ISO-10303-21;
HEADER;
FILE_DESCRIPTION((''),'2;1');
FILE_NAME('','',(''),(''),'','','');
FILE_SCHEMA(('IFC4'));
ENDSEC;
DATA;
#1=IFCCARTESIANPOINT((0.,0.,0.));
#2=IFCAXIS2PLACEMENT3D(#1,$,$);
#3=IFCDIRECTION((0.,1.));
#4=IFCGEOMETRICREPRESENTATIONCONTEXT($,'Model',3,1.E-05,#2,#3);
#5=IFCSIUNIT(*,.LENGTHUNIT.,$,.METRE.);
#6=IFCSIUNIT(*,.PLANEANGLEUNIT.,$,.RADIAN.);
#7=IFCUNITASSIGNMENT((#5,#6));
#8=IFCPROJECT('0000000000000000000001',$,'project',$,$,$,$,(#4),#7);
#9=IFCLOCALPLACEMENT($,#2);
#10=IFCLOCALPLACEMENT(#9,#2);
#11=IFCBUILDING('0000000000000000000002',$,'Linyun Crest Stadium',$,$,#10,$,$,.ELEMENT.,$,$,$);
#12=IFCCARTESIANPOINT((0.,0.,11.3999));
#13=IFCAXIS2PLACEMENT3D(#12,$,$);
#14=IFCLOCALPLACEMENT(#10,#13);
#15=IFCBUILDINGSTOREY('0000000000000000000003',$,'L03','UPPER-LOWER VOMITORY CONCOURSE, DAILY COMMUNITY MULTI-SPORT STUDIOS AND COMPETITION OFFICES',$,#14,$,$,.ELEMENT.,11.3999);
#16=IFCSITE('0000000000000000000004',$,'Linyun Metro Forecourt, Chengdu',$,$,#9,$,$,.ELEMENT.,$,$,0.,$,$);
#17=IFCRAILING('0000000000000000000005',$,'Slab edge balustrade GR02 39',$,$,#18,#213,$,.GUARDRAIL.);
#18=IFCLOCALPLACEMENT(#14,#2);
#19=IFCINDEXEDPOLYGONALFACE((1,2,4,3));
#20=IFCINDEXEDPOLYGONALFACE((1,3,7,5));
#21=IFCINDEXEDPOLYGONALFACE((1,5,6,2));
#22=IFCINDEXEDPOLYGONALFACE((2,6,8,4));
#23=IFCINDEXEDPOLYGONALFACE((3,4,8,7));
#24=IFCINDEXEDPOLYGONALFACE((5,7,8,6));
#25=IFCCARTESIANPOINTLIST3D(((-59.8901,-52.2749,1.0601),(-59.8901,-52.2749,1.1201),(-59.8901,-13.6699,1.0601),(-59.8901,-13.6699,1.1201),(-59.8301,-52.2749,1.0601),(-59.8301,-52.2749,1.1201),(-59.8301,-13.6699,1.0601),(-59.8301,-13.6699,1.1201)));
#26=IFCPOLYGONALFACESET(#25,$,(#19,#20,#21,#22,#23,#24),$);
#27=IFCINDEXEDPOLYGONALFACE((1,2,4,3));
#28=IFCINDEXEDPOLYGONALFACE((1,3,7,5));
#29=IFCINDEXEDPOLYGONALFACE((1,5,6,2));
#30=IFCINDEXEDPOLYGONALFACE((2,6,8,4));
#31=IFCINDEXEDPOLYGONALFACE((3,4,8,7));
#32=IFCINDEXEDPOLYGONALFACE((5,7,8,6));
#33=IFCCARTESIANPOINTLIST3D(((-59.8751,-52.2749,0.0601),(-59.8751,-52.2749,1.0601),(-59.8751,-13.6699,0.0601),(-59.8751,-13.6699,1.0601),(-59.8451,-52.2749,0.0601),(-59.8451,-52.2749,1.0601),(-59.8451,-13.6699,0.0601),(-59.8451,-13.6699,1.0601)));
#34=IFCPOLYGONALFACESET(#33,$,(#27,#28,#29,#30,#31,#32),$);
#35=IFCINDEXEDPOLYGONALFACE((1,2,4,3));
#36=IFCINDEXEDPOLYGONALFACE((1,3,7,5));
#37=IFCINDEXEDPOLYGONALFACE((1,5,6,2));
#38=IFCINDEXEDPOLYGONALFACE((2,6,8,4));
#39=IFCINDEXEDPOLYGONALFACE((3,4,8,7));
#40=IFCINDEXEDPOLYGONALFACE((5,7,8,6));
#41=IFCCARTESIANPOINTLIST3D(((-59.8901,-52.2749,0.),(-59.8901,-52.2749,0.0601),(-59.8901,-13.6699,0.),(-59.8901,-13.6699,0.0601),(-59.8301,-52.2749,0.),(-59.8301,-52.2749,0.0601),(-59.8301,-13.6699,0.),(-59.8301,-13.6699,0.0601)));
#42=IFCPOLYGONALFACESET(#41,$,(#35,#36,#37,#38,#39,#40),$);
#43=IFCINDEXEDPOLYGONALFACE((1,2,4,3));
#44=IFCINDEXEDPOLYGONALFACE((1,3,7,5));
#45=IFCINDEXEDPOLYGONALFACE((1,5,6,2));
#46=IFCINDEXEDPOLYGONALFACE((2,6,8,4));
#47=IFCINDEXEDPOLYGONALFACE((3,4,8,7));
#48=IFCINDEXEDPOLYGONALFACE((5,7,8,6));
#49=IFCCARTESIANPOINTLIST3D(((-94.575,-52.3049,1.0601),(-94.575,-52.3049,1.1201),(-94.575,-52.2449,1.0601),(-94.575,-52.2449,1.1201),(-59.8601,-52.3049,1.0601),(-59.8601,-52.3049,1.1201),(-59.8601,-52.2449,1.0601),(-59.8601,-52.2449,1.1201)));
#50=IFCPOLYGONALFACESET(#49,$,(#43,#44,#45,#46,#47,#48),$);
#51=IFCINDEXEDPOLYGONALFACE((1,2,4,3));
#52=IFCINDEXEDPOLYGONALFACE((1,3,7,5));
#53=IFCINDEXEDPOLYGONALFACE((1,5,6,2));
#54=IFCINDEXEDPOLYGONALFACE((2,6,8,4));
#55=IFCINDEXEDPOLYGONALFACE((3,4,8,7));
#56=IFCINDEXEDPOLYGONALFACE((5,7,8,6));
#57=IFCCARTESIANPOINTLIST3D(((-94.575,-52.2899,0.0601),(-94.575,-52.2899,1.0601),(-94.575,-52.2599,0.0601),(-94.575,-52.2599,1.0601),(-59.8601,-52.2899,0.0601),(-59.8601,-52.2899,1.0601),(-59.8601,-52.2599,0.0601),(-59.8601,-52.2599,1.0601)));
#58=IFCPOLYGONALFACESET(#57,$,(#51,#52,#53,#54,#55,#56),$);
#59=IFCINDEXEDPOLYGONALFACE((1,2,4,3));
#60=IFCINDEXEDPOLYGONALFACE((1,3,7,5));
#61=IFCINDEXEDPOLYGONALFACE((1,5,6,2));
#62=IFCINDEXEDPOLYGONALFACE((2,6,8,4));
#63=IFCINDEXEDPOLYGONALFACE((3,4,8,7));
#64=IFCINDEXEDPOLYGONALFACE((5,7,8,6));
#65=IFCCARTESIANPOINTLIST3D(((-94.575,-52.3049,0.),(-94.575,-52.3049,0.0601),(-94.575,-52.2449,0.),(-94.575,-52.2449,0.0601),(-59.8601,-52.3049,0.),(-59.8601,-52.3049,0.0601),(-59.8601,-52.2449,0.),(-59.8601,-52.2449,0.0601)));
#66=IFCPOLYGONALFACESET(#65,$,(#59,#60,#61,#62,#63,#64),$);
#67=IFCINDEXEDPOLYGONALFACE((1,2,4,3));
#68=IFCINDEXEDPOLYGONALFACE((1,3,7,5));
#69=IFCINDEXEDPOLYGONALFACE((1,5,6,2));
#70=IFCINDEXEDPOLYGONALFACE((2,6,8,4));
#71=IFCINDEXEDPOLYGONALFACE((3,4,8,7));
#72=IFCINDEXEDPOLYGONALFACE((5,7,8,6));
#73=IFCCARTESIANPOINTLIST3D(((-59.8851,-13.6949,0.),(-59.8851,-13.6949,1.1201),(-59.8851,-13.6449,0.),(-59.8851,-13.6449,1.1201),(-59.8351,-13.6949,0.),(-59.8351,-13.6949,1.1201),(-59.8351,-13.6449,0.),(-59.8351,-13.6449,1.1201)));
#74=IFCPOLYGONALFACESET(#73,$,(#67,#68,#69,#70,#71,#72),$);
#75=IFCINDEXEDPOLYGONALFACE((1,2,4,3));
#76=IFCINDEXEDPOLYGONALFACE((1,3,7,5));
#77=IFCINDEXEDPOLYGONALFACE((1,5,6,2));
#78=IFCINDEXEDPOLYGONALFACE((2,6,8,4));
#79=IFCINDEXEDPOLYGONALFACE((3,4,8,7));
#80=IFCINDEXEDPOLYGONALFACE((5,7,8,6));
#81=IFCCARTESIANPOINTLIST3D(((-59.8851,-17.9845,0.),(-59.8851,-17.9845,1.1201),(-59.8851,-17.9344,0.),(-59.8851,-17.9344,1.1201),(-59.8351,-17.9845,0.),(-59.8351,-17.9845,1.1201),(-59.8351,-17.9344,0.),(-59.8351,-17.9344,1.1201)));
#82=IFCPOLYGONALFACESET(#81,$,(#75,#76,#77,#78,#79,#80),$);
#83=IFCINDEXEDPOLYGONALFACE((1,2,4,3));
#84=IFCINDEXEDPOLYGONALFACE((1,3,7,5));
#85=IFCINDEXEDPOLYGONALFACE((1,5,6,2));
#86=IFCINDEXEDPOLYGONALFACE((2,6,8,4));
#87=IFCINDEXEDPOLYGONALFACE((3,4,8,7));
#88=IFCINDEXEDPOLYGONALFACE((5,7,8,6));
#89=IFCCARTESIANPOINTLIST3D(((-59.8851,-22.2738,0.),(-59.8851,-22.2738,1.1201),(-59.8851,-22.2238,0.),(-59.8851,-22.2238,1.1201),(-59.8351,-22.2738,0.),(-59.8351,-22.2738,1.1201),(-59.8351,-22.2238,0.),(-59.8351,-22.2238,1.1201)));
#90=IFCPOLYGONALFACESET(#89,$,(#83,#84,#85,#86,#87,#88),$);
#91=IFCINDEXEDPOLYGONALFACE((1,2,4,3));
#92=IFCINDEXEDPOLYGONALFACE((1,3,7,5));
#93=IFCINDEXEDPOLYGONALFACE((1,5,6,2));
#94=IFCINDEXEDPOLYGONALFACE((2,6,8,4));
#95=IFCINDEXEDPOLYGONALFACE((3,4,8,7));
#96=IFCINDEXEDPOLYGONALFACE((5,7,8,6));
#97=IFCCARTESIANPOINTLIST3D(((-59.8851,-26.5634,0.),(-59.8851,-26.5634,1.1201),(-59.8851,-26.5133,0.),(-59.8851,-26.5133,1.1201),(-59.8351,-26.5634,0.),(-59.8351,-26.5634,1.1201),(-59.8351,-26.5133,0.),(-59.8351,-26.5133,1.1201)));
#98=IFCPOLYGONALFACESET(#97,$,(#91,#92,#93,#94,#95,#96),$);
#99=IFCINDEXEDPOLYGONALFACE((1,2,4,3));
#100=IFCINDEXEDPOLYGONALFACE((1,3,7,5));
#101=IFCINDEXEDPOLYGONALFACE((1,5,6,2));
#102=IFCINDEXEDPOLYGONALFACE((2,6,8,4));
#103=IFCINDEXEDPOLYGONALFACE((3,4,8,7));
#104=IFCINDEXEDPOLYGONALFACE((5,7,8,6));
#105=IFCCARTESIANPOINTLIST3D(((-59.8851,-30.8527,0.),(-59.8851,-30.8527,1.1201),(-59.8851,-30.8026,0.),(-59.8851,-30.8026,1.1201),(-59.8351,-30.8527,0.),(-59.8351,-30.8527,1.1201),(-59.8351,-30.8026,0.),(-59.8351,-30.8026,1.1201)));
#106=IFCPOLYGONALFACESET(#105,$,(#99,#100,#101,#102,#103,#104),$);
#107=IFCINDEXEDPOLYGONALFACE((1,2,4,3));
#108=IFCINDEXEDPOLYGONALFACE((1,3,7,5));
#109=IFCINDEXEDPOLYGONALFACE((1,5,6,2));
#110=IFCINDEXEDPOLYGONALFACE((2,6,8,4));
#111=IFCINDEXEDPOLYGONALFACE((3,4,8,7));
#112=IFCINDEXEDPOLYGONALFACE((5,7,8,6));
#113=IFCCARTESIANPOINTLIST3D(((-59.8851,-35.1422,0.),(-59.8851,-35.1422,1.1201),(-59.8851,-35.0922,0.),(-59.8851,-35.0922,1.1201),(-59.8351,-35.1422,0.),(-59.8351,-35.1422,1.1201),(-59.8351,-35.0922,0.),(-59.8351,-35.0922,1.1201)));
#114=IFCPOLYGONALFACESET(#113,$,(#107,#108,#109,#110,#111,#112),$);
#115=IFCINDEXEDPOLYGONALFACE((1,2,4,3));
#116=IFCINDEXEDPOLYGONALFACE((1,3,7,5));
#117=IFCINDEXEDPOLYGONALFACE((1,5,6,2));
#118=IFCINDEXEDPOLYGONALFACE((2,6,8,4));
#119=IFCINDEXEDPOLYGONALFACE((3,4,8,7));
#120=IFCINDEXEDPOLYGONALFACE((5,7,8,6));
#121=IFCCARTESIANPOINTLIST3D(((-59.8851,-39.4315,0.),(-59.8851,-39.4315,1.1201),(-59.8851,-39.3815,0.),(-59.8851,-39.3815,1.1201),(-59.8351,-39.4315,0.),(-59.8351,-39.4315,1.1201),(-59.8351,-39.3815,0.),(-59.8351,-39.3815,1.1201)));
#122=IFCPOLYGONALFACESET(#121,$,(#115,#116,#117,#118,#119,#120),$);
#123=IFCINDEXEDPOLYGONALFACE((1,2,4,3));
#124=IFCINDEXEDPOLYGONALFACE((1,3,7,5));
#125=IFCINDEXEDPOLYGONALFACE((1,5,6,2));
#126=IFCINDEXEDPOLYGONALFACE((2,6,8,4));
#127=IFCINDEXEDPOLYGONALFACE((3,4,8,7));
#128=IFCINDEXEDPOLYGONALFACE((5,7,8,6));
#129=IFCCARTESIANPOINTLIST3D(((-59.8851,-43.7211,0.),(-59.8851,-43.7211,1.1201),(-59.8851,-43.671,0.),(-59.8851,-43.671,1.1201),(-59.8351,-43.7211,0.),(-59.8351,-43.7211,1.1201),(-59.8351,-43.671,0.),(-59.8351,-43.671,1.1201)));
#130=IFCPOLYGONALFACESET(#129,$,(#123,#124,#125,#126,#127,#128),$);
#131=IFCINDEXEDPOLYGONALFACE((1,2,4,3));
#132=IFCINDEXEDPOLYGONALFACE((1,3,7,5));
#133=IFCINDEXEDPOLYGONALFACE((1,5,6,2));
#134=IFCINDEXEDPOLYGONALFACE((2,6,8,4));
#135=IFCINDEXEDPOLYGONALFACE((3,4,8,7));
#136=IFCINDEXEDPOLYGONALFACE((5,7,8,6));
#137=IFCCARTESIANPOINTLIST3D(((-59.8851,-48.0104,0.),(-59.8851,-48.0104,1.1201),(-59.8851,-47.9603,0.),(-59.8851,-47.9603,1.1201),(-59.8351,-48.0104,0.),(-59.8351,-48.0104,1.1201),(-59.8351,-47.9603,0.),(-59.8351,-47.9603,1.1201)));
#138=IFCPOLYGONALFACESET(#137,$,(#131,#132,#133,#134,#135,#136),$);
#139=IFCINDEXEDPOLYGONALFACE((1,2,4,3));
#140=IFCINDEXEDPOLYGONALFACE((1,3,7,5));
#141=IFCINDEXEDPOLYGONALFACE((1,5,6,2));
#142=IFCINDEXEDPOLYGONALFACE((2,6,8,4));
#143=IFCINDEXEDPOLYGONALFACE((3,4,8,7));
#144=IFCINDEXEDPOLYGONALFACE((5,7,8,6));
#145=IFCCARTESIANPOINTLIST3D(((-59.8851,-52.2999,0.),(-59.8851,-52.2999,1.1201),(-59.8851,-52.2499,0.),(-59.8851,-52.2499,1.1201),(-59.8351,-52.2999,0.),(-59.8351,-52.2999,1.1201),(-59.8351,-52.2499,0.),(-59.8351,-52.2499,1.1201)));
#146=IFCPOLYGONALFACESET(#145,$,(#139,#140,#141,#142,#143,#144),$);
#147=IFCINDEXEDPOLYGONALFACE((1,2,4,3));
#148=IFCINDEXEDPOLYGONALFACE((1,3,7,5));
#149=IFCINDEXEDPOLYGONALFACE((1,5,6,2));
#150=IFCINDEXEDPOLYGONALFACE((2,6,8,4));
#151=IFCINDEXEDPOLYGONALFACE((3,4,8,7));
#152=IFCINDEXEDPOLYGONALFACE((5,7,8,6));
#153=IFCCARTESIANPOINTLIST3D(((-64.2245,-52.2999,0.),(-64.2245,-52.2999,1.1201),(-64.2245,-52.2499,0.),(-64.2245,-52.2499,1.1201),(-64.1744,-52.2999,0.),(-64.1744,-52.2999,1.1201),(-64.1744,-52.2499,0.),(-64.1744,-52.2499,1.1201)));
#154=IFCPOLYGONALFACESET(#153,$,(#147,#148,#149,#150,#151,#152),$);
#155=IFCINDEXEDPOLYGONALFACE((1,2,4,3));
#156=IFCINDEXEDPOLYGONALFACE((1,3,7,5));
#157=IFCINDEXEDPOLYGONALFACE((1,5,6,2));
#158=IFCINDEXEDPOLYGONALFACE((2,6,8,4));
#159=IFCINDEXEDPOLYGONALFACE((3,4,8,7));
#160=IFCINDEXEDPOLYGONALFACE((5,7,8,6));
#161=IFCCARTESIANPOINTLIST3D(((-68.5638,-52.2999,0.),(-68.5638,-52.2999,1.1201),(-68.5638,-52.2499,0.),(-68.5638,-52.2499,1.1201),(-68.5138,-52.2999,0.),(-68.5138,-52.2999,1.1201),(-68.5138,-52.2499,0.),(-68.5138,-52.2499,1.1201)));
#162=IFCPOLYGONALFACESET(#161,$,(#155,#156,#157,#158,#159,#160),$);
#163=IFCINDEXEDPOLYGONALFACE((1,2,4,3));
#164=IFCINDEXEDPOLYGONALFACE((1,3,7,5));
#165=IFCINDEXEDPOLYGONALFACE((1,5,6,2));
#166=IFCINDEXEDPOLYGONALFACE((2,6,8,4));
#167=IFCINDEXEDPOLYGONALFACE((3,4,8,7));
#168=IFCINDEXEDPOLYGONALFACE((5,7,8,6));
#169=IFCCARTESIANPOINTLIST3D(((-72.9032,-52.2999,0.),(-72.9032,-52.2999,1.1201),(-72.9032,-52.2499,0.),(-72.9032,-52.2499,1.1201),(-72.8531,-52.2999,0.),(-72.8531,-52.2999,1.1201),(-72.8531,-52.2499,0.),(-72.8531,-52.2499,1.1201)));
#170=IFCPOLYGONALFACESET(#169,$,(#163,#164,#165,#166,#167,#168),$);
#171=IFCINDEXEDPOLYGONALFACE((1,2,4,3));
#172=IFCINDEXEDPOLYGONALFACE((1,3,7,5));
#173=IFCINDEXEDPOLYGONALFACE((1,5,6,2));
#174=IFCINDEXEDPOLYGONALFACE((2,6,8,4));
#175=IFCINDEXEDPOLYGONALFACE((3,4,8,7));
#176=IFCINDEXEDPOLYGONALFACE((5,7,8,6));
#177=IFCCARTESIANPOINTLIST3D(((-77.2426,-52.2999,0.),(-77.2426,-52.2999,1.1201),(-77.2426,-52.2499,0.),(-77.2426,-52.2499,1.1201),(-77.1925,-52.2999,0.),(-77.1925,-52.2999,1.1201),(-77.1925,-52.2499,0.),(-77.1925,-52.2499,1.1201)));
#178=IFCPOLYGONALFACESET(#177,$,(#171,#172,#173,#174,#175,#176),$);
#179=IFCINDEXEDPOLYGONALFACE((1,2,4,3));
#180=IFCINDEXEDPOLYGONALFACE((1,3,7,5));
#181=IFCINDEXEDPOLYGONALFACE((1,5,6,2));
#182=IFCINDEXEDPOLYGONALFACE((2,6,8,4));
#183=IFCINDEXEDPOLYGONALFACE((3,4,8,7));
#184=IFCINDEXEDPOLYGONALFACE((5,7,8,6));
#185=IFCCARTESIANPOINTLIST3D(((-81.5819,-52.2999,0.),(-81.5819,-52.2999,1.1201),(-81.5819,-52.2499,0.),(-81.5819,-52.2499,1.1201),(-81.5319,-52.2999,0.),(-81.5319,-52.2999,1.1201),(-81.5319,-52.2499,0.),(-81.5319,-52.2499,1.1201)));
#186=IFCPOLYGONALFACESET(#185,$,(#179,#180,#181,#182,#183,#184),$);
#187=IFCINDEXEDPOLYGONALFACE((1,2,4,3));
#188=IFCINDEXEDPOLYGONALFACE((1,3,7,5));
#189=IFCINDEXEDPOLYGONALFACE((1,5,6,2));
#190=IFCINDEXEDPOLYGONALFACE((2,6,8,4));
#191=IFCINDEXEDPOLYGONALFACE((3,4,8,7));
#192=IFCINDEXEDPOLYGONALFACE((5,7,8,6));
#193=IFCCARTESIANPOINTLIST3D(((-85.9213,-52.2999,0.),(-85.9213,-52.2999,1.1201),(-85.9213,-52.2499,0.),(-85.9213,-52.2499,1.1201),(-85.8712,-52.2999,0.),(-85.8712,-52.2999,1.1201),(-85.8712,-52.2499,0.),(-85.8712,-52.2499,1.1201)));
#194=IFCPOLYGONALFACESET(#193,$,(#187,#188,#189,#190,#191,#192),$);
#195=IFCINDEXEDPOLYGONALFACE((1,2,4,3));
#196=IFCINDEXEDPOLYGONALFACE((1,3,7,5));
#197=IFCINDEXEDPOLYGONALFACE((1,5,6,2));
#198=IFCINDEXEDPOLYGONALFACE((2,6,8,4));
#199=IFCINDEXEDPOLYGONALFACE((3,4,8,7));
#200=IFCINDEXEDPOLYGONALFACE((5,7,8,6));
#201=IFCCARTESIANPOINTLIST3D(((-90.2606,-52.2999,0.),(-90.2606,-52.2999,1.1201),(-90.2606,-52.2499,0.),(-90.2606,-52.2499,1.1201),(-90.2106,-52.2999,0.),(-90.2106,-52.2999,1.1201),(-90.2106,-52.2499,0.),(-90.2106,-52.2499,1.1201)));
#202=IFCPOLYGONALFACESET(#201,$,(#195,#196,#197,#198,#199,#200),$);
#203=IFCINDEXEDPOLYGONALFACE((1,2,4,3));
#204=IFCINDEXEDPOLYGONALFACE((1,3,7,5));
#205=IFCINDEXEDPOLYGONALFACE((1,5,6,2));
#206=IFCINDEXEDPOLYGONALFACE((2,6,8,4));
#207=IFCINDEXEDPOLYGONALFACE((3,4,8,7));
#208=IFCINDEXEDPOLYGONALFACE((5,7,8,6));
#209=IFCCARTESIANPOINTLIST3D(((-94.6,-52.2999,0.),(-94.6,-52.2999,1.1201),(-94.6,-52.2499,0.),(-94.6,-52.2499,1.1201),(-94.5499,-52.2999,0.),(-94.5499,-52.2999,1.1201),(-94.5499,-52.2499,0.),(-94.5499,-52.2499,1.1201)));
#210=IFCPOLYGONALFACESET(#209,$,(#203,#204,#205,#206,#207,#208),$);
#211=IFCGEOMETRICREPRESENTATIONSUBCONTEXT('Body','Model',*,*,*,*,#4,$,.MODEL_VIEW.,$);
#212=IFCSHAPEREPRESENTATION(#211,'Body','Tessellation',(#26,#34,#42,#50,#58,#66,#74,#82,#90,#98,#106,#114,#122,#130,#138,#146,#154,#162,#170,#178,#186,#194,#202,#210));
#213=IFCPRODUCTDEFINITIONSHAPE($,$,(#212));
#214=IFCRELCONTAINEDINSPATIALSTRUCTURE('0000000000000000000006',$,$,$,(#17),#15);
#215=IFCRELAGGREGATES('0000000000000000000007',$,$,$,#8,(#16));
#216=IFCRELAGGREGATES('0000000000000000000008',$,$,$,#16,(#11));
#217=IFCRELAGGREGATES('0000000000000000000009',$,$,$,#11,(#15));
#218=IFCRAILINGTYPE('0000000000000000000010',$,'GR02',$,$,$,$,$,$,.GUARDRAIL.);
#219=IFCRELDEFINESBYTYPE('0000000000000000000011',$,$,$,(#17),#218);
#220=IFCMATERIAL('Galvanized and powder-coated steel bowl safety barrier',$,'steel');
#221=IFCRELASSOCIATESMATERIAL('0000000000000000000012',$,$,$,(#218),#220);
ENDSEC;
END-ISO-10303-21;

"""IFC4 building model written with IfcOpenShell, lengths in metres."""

from ifc_helpers import new_model, si_unit, direction, frame, origin, origin_2d, place, context, subcontext, project, spatial, rectangle, extrude, material, type_object, element, save


model = new_model("IFC4")

# Units and contexts
model_context = context("Model", 3, precision=1e-05, world=origin(), true_north=direction((0.0, 1.0)))
body_context = subcontext(model_context, "Body", "Model", "MODEL_VIEW")
ifc_project = project(units=[si_unit("LENGTHUNIT", "METRE"), si_unit("PLANEANGLEUNIT", "RADIAN")], contexts=[model_context])

# Site, building, storey
site_placement = place(None, origin())
site = spatial("IfcSite", under=ifc_project, at=site_placement, Name="Linyun Metro Forecourt, Chengdu", CompositionType="ELEMENT", RefElevation=0.0)
building_placement = place(site_placement, origin())
building = spatial("IfcBuilding", under=site, at=building_placement, Name="Linyun Crest Stadium", CompositionType="ELEMENT")
storey_placement = place(building_placement, frame((0.0, 0.0, 11.3999)))
storey = spatial("IfcBuildingStorey", under=building, at=storey_placement, Name="L03", Description="UPPER-LOWER VOMITORY CONCOURSE, DAILY COMMUNITY MULTI-SPORT STUDIOS AND COMPETITION OFFICES", CompositionType="ELEMENT", Elevation=11.3999)

# Railing
ifc_material_1 = material(Name="Galvanized and powder-coated steel bowl safety barrier", Category="steel")
railing_type = type_object("IfcRailingType", Name="GR02", PredefinedType="GUARDRAIL", material=ifc_material_1)
railing_placement = place(storey_placement, frame((-59.8601, -13.6699, 0.0)))
element("IfcRailing", 1, at=railing_placement, inside=storey, type_object=railing_type, Name="Slab edge balustrade GR02 39", PredefinedType="GUARDRAIL", context=body_context, shape_type="SweptSolid", body=[
    extrude(rectangle(XDim=0.0601, YDim=0.0601, at=origin_2d()), frame((0.0, 0.0, 1.0901), z_axis=(0.0, -1.0, 0.0), x_axis=(1.0, 0.0, 0.0)), (0.0, 0.0, 1.0), 38.605),
    extrude(rectangle(XDim=0.03, YDim=1.0, at=origin_2d()), frame((0.0, 0.0, 0.5601), z_axis=(0.0, -1.0, 0.0), x_axis=(1.0, 0.0, 0.0)), (0.0, 0.0, 1.0), 38.605),
    extrude(rectangle(XDim=0.0601, YDim=0.0601, at=origin_2d()), frame((0.0, 0.0, 0.03), z_axis=(0.0, -1.0, 0.0), x_axis=(1.0, 0.0, 0.0)), (0.0, 0.0, 1.0), 38.605),
    extrude(rectangle(XDim=0.0601, YDim=0.0601, at=origin_2d()), frame((0.0, -38.605, 1.0901), z_axis=(-1.0, 0.0, 0.0), x_axis=(0.0, -1.0, 0.0)), (0.0, 0.0, 1.0), 34.7148),
    extrude(rectangle(XDim=0.03, YDim=1.0, at=origin_2d()), frame((0.0, -38.605, 0.5601), z_axis=(-1.0, 0.0, 0.0), x_axis=(0.0, -1.0, 0.0)), (0.0, 0.0, 1.0), 34.7148),
    extrude(rectangle(XDim=0.0601, YDim=0.0601, at=origin_2d()), frame((0.0, -38.605, 0.03), z_axis=(-1.0, 0.0, 0.0), x_axis=(0.0, -1.0, 0.0)), (0.0, 0.0, 1.0), 34.7148),
    extrude(rectangle(XDim=0.05, YDim=0.05, at=origin_2d()), origin(), (0.0, 0.0, 1.0), 1.1201),
    extrude(rectangle(XDim=0.05, YDim=0.05, at=origin_2d()), frame((0.0, -4.2896, 0.0)), (0.0, 0.0, 1.0), 1.1201),
    extrude(rectangle(XDim=0.05, YDim=0.05, at=origin_2d()), frame((0.0, -8.5789, 0.0)), (0.0, 0.0, 1.0), 1.1201),
    extrude(rectangle(XDim=0.05, YDim=0.05, at=origin_2d()), frame((0.0, -12.8684, 0.0)), (0.0, 0.0, 1.0), 1.1201),
    extrude(rectangle(XDim=0.05, YDim=0.05, at=origin_2d()), frame((0.0, -17.1577, 0.0)), (0.0, 0.0, 1.0), 1.1201),
    extrude(rectangle(XDim=0.05, YDim=0.05, at=origin_2d()), frame((0.0, -21.4473, 0.0)), (0.0, 0.0, 1.0), 1.1201),
    extrude(rectangle(XDim=0.05, YDim=0.05, at=origin_2d()), frame((0.0, -25.7366, 0.0)), (0.0, 0.0, 1.0), 1.1201),
    extrude(rectangle(XDim=0.05, YDim=0.05, at=origin_2d()), frame((0.0, -30.0261, 0.0)), (0.0, 0.0, 1.0), 1.1201),
    extrude(rectangle(XDim=0.05, YDim=0.05, at=origin_2d()), frame((0.0, -34.3154, 0.0)), (0.0, 0.0, 1.0), 1.1201),
    extrude(rectangle(XDim=0.05, YDim=0.05, at=origin_2d()), frame((0.0, -38.605, 0.0)), (0.0, 0.0, 1.0), 1.1201),
    extrude(rectangle(XDim=0.05, YDim=0.05, at=origin_2d()), frame((-4.3394, -38.605, 0.0)), (0.0, 0.0, 1.0), 1.1201),
    extrude(rectangle(XDim=0.05, YDim=0.05, at=origin_2d()), frame((-8.6787, -38.605, 0.0)), (0.0, 0.0, 1.0), 1.1201),
    extrude(rectangle(XDim=0.05, YDim=0.05, at=origin_2d()), frame((-13.0181, -38.605, 0.0)), (0.0, 0.0, 1.0), 1.1201),
    extrude(rectangle(XDim=0.05, YDim=0.05, at=origin_2d()), frame((-17.3574, -38.605, 0.0)), (0.0, 0.0, 1.0), 1.1201),
    extrude(rectangle(XDim=0.05, YDim=0.05, at=origin_2d()), frame((-21.6968, -38.605, 0.0)), (0.0, 0.0, 1.0), 1.1201),
    extrude(rectangle(XDim=0.05, YDim=0.05, at=origin_2d()), frame((-26.0361, -38.605, 0.0)), (0.0, 0.0, 1.0), 1.1201),
    extrude(rectangle(XDim=0.05, YDim=0.05, at=origin_2d()), frame((-30.3755, -38.605, 0.0)), (0.0, 0.0, 1.0), 1.1201),
    extrude(rectangle(XDim=0.05, YDim=0.05, at=origin_2d()), frame((-34.7148, -38.605, 0.0)), (0.0, 0.0, 1.0), 1.1201),
])

save(model, "model.ifc")
